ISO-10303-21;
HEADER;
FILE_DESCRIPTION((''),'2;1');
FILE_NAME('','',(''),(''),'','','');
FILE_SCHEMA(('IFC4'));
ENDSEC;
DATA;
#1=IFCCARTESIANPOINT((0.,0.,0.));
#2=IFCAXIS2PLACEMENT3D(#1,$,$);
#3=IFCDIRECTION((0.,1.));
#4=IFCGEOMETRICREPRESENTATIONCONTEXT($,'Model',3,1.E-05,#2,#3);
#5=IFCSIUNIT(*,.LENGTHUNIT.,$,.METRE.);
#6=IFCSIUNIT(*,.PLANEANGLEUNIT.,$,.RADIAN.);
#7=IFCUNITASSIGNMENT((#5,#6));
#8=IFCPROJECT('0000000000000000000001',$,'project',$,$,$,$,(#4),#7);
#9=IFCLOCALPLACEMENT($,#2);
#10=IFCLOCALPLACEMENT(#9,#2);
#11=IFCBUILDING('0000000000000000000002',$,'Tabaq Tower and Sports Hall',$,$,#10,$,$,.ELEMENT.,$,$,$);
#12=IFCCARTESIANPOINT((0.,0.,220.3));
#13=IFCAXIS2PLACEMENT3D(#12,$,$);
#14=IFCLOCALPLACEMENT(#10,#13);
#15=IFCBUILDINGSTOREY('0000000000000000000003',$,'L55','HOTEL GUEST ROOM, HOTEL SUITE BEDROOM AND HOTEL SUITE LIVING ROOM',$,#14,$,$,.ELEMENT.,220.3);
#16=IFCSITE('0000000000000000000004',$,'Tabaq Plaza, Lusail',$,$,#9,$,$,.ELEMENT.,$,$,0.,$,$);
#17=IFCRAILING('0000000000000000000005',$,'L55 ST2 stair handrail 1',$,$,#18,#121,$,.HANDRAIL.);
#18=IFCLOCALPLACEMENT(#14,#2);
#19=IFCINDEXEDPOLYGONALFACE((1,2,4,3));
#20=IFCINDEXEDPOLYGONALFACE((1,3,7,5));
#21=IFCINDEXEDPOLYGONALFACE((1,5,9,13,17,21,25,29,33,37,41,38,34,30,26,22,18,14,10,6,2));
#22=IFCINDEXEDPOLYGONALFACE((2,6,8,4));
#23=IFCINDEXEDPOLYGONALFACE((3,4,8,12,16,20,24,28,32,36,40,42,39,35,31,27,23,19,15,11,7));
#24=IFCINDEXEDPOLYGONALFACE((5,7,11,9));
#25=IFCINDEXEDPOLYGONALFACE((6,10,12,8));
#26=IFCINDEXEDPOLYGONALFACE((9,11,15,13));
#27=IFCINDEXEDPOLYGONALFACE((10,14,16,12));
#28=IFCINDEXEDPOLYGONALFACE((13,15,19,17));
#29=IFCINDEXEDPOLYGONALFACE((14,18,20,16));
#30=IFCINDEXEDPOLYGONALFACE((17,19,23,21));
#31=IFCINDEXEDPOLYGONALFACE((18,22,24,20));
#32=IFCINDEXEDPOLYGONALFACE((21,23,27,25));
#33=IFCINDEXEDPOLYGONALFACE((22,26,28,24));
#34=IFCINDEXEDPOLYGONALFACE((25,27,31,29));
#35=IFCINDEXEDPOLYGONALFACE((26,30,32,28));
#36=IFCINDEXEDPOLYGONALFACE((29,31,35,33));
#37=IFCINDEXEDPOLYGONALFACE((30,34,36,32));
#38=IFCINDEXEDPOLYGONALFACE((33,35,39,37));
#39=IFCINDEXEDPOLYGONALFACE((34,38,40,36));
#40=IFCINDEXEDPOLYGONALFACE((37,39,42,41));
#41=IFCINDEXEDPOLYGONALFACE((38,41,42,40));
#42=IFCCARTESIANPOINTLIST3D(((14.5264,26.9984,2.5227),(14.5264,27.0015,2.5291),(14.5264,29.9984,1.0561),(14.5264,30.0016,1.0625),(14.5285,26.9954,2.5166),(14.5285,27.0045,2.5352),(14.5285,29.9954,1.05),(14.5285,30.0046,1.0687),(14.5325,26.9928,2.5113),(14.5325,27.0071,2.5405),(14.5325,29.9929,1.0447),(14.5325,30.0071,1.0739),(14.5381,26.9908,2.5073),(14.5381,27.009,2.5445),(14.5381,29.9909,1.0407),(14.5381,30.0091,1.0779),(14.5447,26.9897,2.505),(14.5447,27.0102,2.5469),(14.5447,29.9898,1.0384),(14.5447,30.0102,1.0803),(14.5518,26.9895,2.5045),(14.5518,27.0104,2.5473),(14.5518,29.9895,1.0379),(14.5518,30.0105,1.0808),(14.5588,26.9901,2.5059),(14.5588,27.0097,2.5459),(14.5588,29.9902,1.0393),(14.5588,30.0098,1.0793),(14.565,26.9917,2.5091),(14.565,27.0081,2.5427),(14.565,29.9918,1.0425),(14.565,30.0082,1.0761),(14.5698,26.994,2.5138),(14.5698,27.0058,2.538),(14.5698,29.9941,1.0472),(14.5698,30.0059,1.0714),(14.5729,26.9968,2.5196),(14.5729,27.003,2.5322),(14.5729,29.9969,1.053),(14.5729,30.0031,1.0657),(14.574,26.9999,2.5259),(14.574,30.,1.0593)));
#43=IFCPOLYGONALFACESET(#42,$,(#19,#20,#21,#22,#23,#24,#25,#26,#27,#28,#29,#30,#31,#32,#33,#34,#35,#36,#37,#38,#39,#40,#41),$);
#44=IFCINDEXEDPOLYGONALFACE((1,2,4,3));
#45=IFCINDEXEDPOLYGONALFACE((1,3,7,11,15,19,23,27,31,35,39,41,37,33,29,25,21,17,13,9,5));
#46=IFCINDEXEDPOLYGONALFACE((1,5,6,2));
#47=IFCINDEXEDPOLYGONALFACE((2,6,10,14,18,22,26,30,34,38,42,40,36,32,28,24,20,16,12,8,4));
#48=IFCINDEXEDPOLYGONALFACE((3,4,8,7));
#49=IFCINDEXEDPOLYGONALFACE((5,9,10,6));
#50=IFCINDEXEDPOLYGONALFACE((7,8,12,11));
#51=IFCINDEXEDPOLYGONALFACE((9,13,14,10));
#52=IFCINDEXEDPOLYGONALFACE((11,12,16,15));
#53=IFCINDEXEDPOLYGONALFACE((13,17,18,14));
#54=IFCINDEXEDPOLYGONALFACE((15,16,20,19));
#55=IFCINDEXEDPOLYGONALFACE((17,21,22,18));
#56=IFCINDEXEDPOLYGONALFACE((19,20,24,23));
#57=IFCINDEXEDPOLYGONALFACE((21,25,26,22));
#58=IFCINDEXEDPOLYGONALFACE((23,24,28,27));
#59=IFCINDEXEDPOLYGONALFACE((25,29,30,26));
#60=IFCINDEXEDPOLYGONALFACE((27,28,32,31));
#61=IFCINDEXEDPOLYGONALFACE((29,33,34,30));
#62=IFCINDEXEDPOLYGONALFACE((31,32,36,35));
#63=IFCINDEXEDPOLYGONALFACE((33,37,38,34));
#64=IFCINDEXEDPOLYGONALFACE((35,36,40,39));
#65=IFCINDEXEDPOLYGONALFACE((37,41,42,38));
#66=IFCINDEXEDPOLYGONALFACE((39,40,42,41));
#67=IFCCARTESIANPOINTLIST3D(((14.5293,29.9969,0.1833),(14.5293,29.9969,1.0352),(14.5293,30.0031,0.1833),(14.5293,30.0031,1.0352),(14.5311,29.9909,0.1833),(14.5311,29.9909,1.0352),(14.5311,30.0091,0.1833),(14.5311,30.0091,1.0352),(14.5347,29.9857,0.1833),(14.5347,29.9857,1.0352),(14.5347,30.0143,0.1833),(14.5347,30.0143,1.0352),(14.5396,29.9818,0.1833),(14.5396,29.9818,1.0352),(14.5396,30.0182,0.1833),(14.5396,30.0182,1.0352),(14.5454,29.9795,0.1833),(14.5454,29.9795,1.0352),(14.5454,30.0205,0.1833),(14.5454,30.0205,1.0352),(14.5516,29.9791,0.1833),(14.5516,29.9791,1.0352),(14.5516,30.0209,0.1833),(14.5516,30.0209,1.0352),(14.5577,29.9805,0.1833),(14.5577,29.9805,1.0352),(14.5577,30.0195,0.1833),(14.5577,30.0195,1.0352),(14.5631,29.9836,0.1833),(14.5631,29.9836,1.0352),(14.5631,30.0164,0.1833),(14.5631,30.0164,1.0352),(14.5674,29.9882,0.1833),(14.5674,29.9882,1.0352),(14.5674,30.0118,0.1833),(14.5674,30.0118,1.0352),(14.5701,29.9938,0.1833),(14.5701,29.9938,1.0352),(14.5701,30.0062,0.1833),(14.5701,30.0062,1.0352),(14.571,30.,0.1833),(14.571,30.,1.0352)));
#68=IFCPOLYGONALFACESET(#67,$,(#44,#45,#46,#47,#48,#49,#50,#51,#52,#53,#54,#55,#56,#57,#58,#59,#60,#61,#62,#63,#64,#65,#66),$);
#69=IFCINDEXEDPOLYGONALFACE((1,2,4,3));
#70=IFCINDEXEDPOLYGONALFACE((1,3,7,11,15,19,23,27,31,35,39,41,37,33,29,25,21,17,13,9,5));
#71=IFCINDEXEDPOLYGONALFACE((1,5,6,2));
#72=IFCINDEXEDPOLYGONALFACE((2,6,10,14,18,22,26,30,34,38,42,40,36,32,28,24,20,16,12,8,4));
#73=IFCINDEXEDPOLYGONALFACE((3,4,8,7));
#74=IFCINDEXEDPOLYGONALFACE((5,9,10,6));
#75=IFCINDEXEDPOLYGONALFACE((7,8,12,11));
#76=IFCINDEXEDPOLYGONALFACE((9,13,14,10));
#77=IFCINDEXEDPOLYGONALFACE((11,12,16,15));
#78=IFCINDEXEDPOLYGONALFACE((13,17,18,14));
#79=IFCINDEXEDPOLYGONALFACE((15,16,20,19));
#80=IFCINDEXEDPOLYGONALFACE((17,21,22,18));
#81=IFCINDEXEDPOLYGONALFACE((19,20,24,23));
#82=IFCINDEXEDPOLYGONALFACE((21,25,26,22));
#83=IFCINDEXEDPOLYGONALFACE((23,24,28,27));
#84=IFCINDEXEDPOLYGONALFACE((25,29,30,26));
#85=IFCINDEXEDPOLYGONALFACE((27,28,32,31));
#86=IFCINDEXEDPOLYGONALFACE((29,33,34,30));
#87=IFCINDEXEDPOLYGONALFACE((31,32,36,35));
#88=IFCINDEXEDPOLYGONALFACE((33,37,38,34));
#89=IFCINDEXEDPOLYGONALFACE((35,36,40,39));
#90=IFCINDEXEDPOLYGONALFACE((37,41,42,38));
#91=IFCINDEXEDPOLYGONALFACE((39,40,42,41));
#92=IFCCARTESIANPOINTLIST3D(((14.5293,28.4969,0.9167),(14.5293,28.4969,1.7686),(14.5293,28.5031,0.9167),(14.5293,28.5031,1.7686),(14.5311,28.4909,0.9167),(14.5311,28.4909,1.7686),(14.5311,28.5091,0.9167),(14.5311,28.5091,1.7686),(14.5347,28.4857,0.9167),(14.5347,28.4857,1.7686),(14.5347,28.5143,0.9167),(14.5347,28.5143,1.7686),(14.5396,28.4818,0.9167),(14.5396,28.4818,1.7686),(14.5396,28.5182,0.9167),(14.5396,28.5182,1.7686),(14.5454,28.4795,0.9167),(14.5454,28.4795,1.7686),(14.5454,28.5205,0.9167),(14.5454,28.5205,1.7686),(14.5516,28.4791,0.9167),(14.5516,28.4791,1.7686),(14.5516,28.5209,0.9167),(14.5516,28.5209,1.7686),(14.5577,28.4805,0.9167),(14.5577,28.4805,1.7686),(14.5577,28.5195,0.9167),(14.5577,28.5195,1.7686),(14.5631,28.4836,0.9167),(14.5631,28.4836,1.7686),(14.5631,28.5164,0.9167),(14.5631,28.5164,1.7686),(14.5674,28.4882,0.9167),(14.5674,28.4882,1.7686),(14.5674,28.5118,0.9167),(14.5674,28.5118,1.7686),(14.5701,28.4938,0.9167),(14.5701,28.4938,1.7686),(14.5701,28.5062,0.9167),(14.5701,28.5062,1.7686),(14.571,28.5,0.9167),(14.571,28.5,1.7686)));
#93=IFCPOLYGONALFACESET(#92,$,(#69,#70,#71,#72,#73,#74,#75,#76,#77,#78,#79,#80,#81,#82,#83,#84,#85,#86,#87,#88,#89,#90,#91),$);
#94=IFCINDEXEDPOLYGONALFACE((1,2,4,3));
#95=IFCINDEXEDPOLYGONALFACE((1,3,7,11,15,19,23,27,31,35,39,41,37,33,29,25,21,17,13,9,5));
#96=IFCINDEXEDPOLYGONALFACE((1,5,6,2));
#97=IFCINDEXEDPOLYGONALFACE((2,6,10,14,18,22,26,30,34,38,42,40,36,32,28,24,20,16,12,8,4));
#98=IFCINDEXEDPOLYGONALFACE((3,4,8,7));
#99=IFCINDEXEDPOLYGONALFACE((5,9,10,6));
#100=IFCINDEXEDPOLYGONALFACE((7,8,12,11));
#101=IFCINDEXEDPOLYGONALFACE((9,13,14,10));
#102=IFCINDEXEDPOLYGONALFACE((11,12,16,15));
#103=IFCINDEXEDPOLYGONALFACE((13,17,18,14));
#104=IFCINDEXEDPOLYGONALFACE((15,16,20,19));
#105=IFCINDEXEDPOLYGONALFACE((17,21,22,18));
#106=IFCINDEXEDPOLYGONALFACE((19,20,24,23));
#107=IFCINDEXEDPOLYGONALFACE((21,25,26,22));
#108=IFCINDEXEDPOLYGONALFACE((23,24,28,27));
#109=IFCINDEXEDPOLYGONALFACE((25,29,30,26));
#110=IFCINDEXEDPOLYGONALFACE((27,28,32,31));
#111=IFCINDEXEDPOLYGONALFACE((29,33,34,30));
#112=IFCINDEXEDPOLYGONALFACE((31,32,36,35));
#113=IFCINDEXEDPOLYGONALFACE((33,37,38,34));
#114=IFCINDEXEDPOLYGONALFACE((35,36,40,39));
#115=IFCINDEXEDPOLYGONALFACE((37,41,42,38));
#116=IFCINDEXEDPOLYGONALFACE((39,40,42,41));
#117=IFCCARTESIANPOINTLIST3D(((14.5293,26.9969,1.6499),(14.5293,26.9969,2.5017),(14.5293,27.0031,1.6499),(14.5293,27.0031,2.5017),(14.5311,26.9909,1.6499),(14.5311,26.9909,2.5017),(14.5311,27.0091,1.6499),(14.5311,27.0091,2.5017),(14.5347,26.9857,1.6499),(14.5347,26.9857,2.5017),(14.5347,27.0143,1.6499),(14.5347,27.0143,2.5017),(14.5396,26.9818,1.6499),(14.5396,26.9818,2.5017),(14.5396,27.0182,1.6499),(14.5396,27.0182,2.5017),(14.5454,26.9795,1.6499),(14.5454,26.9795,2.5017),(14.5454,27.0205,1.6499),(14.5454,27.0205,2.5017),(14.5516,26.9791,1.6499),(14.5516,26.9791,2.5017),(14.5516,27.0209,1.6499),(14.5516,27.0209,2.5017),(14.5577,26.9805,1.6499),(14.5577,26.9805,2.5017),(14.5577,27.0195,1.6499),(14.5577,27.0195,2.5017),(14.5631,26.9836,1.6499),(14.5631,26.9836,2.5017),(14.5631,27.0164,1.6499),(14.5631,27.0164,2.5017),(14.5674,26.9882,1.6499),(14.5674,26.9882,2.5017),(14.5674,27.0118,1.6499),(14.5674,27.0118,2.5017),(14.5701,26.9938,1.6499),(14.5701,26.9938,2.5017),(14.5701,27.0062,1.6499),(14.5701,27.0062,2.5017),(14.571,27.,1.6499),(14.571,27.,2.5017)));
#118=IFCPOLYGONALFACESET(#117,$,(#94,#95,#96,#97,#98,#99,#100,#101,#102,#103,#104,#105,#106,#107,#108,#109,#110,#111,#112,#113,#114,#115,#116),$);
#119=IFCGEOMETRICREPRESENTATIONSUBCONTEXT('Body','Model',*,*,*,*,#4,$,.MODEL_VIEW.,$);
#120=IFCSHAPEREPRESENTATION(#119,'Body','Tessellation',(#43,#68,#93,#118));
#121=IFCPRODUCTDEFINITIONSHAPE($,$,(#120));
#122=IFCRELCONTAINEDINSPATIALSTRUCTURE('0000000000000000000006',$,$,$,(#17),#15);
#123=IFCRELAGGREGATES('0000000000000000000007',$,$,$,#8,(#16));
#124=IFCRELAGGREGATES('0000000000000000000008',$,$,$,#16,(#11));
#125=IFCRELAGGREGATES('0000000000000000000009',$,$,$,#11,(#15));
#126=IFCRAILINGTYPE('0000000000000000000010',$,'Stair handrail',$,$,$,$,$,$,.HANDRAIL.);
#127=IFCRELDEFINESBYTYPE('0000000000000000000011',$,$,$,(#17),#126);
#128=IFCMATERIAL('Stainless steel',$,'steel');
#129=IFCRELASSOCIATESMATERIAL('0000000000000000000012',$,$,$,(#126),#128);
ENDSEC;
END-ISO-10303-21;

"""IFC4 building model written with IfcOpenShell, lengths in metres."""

from ifc_helpers import new_model, si_unit, direction, frame, origin, origin_2d, place, context, subcontext, project, spatial, circle, extrude, material, type_object, element, save


model = new_model("IFC4")

# Units and contexts
model_context = context("Model", 3, precision=1e-05, world=origin(), true_north=direction((0.0, 1.0)))
body_context = subcontext(model_context, "Body", "Model", "MODEL_VIEW")
ifc_project = project(units=[si_unit("LENGTHUNIT", "METRE"), si_unit("PLANEANGLEUNIT", "RADIAN")], contexts=[model_context])

# Site, building, storey
site_placement = place(None, origin())
site = spatial("IfcSite", under=ifc_project, at=site_placement, Name="Tabaq Plaza, Lusail", CompositionType="ELEMENT", RefElevation=0.0)
building_placement = place(site_placement, origin())
building = spatial("IfcBuilding", under=site, at=building_placement, Name="Tabaq Tower and Sports Hall", CompositionType="ELEMENT")
storey_placement = place(building_placement, frame((0.0, 0.0, 220.3)))
storey = spatial("IfcBuildingStorey", under=building, at=storey_placement, Name="L55", Description="HOTEL GUEST ROOM, HOTEL SUITE BEDROOM AND HOTEL SUITE LIVING ROOM", CompositionType="ELEMENT", Elevation=220.3)

# Railing
ifc_material_1 = material(Name="Stainless steel", Category="steel")
railing_type_1 = type_object("IfcRailingType", Name="Stair handrail", PredefinedType="HANDRAIL", material=ifc_material_1)
railing_1_placement = place(storey_placement, frame((14.55, 30.0, 0.1833)))
element("IfcRailing", 1, at=railing_1_placement, inside=storey, type_object=railing_type_1, Name="L55 ST2 stair handrail 1", PredefinedType="HANDRAIL", context=body_context, shape_type="SweptSolid", body=[
    extrude(circle(Radius=0.0239, at=origin_2d()), frame((0.0, 0.0, 0.876), z_axis=(0.0, -0.898398, 0.439183), x_axis=(1.0, 0.0, 0.0)), (0.0, 0.0, 1.0), 3.3394),
    extrude(circle(Radius=0.021, at=origin_2d()), origin(), (0.0, 0.0, 1.0), 0.8518),
    extrude(circle(Radius=0.021, at=origin_2d()), frame((0.0, -1.5, 0.7334)), (0.0, 0.0, 1.0), 0.8518),
    extrude(circle(Radius=0.021, at=origin_2d()), frame((0.0, -3.0, 1.4666)), (0.0, 0.0, 1.0), 0.8518),
])

save(model, "model.ifc")
